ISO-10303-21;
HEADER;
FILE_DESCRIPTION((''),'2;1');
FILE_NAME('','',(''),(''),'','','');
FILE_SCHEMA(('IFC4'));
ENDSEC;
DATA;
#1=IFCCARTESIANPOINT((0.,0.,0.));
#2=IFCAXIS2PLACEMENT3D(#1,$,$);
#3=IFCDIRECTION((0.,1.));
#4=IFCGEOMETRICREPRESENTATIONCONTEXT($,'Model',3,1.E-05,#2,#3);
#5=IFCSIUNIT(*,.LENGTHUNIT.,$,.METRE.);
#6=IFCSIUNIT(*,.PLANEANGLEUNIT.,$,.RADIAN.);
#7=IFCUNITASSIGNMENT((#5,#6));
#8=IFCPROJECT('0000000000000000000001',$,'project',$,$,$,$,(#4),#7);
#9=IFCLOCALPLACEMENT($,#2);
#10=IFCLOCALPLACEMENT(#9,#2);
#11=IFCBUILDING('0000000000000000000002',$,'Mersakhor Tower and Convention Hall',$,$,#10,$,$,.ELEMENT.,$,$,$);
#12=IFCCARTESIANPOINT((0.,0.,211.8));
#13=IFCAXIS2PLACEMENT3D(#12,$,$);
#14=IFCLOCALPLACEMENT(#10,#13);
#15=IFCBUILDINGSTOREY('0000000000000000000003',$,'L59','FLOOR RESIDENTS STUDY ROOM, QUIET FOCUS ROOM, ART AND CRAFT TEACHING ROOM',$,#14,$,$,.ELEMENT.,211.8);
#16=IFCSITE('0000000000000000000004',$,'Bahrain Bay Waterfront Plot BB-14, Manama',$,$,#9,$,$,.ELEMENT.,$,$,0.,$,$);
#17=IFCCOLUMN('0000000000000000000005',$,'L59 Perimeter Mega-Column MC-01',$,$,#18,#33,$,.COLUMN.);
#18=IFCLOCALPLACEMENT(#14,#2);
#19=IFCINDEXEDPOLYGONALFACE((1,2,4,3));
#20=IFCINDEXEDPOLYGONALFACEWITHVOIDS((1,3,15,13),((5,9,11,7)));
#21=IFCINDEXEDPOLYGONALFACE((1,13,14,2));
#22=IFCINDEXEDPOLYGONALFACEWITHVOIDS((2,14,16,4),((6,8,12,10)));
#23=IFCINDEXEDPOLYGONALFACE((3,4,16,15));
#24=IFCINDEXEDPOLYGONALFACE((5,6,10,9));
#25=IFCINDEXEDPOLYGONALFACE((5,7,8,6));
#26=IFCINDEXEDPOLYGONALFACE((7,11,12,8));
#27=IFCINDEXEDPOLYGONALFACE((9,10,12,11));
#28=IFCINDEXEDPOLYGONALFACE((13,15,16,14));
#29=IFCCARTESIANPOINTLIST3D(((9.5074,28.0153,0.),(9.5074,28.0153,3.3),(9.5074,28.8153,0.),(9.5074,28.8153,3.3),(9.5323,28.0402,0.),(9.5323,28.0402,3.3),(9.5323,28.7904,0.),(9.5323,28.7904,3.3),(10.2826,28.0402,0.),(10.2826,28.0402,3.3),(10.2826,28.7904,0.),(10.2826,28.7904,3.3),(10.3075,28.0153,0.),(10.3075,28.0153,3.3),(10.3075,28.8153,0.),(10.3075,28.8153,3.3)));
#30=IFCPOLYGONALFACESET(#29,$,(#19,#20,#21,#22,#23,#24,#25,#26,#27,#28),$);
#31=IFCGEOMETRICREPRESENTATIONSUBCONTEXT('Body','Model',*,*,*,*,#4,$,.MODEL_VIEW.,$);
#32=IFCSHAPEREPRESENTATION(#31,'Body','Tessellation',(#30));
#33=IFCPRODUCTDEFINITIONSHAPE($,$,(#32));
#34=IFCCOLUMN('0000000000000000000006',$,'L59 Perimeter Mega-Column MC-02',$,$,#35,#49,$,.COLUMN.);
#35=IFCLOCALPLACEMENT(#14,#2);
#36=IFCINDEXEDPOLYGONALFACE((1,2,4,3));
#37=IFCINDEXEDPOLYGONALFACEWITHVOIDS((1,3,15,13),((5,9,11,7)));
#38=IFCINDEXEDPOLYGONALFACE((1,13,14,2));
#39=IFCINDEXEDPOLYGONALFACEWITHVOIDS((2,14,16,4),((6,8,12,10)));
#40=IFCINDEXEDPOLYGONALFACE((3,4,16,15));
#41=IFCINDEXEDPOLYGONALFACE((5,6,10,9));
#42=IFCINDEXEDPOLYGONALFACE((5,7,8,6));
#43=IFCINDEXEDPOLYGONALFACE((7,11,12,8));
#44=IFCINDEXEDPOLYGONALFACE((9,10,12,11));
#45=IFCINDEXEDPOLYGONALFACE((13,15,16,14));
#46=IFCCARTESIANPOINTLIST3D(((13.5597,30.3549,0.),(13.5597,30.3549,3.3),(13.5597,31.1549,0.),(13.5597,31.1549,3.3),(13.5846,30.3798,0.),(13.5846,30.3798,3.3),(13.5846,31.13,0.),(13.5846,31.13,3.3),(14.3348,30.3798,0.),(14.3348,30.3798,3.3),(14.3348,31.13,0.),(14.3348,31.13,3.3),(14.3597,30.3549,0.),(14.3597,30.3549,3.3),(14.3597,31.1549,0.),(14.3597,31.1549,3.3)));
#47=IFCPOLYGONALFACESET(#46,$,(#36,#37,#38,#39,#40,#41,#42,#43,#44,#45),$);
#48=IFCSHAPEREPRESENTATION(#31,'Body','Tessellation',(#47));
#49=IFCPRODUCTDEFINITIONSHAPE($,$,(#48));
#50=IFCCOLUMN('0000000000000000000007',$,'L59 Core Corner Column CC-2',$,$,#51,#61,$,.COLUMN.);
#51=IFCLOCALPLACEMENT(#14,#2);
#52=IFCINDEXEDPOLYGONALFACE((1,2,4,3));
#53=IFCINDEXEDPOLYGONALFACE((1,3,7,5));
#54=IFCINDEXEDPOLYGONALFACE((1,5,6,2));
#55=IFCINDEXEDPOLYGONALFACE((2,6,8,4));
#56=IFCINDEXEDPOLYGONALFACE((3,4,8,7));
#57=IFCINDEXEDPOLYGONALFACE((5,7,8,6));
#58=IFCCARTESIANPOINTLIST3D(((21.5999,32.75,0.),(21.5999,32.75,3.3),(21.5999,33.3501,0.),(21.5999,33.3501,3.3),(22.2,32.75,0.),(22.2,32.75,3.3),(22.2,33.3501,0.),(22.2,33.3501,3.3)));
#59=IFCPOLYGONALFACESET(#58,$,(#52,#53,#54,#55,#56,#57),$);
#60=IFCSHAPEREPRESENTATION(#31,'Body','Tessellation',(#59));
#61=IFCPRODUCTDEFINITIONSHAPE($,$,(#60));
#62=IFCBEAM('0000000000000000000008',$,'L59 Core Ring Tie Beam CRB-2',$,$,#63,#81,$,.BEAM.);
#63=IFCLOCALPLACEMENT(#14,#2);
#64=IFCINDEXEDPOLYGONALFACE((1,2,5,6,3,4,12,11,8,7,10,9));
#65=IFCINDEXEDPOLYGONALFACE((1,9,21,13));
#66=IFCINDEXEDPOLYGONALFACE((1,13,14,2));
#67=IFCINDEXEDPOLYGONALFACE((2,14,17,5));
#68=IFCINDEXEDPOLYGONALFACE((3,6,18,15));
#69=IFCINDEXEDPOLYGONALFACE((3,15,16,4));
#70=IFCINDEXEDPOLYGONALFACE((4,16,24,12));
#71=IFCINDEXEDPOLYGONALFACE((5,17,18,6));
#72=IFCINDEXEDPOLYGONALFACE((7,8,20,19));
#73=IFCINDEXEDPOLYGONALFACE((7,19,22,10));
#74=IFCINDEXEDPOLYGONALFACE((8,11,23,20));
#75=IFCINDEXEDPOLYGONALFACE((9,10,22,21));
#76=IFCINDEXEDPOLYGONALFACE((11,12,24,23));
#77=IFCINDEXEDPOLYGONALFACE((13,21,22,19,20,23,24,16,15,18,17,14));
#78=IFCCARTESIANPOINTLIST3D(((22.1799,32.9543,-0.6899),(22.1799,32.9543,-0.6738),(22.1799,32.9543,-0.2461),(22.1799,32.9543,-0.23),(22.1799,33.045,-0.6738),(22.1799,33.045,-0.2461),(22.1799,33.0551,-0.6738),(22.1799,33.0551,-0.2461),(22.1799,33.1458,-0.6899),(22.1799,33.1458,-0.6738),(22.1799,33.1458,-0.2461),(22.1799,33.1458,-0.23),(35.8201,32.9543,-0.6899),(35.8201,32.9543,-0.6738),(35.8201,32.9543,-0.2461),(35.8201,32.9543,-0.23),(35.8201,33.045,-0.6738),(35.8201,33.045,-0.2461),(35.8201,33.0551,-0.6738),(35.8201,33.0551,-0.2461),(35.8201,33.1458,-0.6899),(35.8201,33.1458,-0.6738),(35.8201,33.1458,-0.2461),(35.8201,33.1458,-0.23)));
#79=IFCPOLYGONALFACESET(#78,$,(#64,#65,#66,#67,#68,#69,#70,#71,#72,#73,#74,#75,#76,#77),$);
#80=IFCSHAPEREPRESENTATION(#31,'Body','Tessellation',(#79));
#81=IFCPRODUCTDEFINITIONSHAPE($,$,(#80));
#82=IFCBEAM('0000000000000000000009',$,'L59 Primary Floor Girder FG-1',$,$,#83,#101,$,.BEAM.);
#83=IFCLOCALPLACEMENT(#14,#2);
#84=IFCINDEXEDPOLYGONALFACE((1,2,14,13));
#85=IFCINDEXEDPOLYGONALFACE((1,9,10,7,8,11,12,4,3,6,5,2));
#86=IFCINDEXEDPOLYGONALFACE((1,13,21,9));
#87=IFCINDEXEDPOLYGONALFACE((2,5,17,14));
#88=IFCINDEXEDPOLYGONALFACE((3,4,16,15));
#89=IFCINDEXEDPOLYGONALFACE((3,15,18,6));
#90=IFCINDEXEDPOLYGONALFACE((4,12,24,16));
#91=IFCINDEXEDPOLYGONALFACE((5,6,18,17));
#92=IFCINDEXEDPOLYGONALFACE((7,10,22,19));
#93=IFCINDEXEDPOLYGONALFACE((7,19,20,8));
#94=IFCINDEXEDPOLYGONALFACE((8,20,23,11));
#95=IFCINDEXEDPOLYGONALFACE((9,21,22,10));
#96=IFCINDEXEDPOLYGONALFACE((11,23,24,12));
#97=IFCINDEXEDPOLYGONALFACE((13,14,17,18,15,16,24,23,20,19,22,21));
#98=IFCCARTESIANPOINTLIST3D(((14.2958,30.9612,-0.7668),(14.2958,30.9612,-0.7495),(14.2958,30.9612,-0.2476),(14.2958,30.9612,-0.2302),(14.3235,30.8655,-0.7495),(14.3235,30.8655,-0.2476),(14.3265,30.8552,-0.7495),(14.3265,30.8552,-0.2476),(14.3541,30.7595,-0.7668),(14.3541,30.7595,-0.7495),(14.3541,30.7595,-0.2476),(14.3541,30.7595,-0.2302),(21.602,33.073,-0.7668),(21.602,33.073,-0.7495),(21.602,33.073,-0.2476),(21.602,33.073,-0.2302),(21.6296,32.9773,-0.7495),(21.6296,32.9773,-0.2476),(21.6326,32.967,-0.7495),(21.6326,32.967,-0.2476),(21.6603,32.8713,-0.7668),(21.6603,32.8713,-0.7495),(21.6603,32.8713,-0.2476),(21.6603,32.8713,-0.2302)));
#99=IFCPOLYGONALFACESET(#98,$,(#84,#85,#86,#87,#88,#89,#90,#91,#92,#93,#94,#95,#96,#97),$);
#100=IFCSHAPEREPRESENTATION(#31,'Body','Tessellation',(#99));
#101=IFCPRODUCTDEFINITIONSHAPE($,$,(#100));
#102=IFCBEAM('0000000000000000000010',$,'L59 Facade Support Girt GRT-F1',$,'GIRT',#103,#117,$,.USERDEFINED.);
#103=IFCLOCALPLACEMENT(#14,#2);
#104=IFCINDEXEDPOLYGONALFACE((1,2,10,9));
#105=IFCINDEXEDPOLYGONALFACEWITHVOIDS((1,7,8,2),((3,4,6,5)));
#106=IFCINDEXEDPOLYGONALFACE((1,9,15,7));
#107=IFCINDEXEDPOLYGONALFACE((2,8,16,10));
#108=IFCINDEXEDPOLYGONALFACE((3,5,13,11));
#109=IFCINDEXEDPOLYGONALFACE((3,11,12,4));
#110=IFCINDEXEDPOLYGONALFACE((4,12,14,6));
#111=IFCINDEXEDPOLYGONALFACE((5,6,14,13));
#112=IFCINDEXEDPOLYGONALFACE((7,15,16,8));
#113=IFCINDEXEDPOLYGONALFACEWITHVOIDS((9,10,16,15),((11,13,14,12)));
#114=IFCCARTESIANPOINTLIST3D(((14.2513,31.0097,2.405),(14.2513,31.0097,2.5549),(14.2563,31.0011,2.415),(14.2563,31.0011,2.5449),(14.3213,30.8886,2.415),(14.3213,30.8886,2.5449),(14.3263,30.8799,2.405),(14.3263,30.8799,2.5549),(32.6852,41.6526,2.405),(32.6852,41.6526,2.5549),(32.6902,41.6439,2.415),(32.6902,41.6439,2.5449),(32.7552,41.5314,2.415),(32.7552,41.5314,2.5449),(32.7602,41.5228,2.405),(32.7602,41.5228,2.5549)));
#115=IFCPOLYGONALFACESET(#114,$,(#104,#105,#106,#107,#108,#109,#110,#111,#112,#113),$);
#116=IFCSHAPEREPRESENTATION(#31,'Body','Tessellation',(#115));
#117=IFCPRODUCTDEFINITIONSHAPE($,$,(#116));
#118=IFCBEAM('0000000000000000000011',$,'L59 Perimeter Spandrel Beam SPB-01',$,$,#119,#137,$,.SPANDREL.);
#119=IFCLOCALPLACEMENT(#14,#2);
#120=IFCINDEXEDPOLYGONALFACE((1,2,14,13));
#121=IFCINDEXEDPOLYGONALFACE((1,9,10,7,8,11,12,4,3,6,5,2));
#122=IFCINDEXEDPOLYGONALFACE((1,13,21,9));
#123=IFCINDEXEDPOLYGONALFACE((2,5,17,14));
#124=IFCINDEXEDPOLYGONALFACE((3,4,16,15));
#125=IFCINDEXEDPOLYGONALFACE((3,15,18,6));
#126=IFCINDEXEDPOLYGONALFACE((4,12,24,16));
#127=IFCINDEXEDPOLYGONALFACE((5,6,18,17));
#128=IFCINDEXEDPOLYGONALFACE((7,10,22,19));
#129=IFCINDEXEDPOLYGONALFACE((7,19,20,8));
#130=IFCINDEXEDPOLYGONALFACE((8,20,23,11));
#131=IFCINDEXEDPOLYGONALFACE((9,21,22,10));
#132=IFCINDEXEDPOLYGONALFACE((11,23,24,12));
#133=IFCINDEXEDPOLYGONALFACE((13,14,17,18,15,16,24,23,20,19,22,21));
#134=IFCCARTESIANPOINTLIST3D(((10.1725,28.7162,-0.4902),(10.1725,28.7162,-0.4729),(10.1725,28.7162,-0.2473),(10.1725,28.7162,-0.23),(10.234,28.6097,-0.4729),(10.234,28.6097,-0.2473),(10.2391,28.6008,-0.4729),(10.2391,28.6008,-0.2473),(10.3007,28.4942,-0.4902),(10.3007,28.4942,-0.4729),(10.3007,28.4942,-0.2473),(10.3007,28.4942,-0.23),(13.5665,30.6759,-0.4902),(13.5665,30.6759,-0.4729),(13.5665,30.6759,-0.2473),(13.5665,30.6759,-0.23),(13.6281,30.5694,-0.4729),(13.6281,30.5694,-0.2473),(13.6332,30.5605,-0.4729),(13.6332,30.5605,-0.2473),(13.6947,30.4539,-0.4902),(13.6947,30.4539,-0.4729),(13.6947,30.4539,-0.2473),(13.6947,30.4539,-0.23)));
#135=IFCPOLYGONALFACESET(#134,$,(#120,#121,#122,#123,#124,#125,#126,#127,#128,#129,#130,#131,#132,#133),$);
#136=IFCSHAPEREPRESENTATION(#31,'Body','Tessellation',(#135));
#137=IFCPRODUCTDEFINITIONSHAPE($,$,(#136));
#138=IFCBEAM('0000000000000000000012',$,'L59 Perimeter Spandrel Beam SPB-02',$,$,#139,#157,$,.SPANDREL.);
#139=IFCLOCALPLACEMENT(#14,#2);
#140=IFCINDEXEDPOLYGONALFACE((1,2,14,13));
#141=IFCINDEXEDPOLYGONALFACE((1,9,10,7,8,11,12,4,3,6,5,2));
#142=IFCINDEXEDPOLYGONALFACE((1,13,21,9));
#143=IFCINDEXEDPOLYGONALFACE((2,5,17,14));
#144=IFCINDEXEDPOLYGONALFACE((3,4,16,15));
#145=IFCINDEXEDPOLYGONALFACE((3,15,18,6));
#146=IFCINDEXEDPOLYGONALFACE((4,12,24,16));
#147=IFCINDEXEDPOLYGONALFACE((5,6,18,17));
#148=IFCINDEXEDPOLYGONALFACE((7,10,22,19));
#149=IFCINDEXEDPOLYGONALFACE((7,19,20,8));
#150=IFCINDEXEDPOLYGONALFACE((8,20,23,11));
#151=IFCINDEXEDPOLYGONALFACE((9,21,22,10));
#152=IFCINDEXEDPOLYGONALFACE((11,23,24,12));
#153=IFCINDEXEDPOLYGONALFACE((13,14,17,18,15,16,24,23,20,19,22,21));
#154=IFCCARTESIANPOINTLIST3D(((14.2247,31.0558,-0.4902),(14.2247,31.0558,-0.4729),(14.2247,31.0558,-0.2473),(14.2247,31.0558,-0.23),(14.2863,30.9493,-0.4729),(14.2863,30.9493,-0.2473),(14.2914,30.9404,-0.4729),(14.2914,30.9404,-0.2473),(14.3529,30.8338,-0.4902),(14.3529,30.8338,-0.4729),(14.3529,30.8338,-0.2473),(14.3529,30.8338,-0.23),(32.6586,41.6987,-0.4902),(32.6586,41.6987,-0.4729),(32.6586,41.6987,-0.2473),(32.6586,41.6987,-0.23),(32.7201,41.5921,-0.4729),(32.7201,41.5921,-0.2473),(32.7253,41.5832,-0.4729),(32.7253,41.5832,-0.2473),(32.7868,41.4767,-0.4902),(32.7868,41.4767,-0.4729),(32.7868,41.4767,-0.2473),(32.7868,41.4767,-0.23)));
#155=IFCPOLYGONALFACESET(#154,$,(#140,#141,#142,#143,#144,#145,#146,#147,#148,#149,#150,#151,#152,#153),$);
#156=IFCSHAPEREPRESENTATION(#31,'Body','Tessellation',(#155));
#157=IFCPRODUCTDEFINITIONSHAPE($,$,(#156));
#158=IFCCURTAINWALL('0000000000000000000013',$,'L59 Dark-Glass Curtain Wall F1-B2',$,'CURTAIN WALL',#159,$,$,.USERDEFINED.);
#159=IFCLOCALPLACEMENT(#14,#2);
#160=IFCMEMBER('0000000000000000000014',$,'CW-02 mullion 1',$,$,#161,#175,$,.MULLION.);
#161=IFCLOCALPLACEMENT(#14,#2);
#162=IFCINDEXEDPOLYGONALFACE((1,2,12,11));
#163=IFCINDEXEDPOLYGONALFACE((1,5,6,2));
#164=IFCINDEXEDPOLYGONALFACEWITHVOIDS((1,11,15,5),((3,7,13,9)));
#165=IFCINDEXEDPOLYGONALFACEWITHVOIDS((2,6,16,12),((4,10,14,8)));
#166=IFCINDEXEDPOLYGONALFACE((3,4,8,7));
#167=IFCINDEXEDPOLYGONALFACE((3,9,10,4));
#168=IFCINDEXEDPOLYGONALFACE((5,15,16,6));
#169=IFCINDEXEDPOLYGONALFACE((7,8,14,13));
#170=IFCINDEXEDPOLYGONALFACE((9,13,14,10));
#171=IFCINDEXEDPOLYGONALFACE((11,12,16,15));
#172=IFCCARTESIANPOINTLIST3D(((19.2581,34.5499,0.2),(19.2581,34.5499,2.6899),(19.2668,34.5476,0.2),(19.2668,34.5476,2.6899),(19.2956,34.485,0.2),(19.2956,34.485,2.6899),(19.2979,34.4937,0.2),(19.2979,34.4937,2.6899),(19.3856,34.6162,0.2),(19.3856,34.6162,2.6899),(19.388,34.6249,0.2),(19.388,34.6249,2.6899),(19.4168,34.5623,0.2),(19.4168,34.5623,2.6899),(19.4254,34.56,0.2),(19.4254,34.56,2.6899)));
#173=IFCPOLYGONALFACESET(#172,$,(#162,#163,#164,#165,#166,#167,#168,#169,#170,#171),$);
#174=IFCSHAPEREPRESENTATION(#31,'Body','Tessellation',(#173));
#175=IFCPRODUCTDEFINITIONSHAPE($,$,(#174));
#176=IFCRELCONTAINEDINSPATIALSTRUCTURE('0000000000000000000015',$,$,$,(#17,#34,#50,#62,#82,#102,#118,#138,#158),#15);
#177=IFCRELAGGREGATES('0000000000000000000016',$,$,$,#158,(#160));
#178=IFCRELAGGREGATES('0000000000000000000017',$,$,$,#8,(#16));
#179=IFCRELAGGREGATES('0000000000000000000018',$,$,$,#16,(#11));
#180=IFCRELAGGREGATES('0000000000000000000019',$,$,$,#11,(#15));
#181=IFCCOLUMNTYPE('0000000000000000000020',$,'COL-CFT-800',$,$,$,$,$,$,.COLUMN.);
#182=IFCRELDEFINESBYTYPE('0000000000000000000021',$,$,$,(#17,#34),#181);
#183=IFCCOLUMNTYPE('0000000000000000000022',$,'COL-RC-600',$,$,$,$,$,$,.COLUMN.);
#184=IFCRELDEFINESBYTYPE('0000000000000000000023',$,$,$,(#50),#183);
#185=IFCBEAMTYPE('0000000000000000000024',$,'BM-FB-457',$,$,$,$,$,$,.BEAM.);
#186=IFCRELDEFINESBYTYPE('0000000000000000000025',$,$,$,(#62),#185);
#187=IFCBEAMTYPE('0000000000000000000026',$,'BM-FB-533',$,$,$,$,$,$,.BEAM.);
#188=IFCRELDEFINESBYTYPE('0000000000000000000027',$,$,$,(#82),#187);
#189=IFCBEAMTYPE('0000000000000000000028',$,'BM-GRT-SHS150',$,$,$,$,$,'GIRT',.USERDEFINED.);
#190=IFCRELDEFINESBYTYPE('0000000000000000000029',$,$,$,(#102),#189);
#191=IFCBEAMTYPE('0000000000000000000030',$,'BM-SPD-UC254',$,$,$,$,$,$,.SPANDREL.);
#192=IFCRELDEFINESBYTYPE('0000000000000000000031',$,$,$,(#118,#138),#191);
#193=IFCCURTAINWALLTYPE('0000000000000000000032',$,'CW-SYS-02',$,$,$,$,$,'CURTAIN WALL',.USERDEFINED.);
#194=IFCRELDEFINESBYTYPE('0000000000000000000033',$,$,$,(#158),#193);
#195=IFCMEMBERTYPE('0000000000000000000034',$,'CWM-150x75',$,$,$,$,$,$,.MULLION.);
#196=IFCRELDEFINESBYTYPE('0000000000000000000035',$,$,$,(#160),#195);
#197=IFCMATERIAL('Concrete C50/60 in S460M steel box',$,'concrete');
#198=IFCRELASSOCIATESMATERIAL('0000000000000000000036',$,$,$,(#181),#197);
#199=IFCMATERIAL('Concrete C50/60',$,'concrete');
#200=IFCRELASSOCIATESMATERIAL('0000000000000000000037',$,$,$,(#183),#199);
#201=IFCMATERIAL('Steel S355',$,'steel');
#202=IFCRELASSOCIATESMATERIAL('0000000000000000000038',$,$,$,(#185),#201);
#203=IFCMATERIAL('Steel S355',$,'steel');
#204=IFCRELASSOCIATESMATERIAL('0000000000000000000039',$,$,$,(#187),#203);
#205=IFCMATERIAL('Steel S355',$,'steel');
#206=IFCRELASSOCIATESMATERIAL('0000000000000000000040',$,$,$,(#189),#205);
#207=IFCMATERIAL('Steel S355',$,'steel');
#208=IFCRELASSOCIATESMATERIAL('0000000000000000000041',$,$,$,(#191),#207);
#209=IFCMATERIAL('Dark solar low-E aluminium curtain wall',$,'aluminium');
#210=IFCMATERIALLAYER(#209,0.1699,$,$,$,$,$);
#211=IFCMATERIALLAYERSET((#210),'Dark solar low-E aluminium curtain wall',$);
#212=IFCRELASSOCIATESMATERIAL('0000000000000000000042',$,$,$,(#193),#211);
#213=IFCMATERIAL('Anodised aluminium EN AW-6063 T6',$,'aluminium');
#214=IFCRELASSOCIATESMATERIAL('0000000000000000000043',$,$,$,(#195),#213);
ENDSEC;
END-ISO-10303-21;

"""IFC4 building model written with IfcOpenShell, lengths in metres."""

from ifc_helpers import new_model, si_unit, direction, frame, origin, origin_2d, place, context, subcontext, project, spatial, rectangle, hollow_rectangle, i_section, extrude, material, layer, layer_set, material_profile, profile_set, type_object, element, aggregate, save


model = new_model("IFC4")

# Units and contexts
model_context = context("Model", 3, precision=1e-05, world=origin(), true_north=direction((0.0, 1.0)))
body_context = subcontext(model_context, "Body", "Model", "MODEL_VIEW")
ifc_project = project(units=[si_unit("LENGTHUNIT", "METRE"), si_unit("PLANEANGLEUNIT", "RADIAN")], contexts=[model_context])

# Site, building, storey
site_placement = place(None, origin())
site = spatial("IfcSite", under=ifc_project, at=site_placement, Name="Bahrain Bay Waterfront Plot BB-14, Manama", CompositionType="ELEMENT", RefElevation=0.0)
building_placement = place(site_placement, origin())
building = spatial("IfcBuilding", under=site, at=building_placement, Name="Mersakhor Tower and Convention Hall", CompositionType="ELEMENT")
storey_placement = place(building_placement, frame((0.0, 0.0, 211.8)))
storey = spatial("IfcBuildingStorey", under=building, at=storey_placement, Name="L59", Description="FLOOR RESIDENTS STUDY ROOM, QUIET FOCUS ROOM, ART AND CRAFT TEACHING ROOM", CompositionType="ELEMENT", Elevation=211.8)

# Columns
ifc_material_1 = material(Name="Concrete C50/60 in S460M steel box", Category="concrete")
ifc_material_profile_1 = material_profile(ifc_material_1, hollow_rectangle(XDim=0.8, YDim=0.8, WallThickness=0.0249, at=origin_2d()), Name="SHS 800x800x25")
ifc_profile_set_1 = profile_set([ifc_material_profile_1], Name="Concrete C50/60 in S460M steel box")
column_type_1 = type_object("IfcColumnType", Name="COL-CFT-800", PredefinedType="COLUMN", material=ifc_profile_set_1)
for number, where, z_axis, x_axis, name in (
    (1, (9.9075, 28.4153, 0.0), (0.0, 0.0, 1.0), (1.0, 0.0, 0.0), "L59 Perimeter Mega-Column MC-01"),
    (2, (13.9597, 30.7549, 0.0), (0.0, 0.0, 1.0), (1.0, 0.0, 0.0), "L59 Perimeter Mega-Column MC-02"),
):
    element("IfcColumn", number, at=place(storey_placement, frame(where, z_axis=z_axis, x_axis=x_axis)), inside=storey, type_object=column_type_1, Name=name, PredefinedType="COLUMN", context=body_context, shape_type="SweptSolid", body=[
        extrude(hollow_rectangle(XDim=0.8, YDim=0.8, WallThickness=0.0249, at=origin_2d()), origin(), (0.0, 0.0, 1.0), 3.3),
    ])
ifc_material_2 = material(Name="Concrete C50/60", Category="concrete")
ifc_material_profile_2 = material_profile(ifc_material_2, rectangle(XDim=0.6001, YDim=0.6001, at=origin_2d()), Name="RC 600x600")
ifc_profile_set_2 = profile_set([ifc_material_profile_2], Name="Concrete C50/60")
column_type_2 = type_object("IfcColumnType", Name="COL-RC-600", PredefinedType="COLUMN", material=ifc_profile_set_2)
column_placement = place(storey_placement, frame((21.8999, 33.05, 0.0), z_axis=(0.0, 0.0, 1.0), x_axis=(1.0, 0.0, 0.0)))
element("IfcColumn", 3, at=column_placement, inside=storey, type_object=column_type_2, Name="L59 Core Corner Column CC-2", PredefinedType="COLUMN", context=body_context, shape_type="SweptSolid", body=[
    extrude(rectangle(XDim=0.6001, YDim=0.6001, at=origin_2d()), origin(), (0.0, 0.0, 1.0), 3.3),
])

# Beams
ifc_material_3 = material(Name="Steel S355", Category="steel")
ifc_material_profile_3 = material_profile(ifc_material_3, i_section(OverallWidth=0.1914, OverallDepth=0.46, WebThickness=0.01, FlangeThickness=0.0161, at=origin_2d()), Name="UB 457x191x82")
ifc_profile_set_3 = profile_set([ifc_material_profile_3], Name="Steel S355")
beam_type_1 = type_object("IfcBeamType", Name="BM-FB-457", PredefinedType="BEAM", material=ifc_profile_set_3)
beam_1_placement = place(storey_placement, frame((22.1799, 33.05, -0.46), z_axis=(1.0, 0.0, 0.0), x_axis=(0.0, 1.0, 0.0)))
element("IfcBeam", 4, at=beam_1_placement, inside=storey, type_object=beam_type_1, Name="L59 Core Ring Tie Beam CRB-2", PredefinedType="BEAM", context=body_context, shape_type="SweptSolid", body=[
    extrude(i_section(OverallWidth=0.1914, OverallDepth=0.46, WebThickness=0.01, FlangeThickness=0.0161, at=origin_2d()), origin(), (0.0, 0.0, 1.0), 13.6401),
])
ifc_material_4 = material(Name="Steel S355", Category="steel")
ifc_material_profile_4 = material_profile(ifc_material_4, i_section(OverallWidth=0.21, OverallDepth=0.5366, WebThickness=0.0107, FlangeThickness=0.0173, at=origin_2d()), Name="UB 533x210x101")
ifc_profile_set_4 = profile_set([ifc_material_profile_4], Name="Steel S355")
beam_type_2 = type_object("IfcBeamType", Name="BM-FB-533", PredefinedType="BEAM", material=ifc_profile_set_4)
beam_2_placement = place(storey_placement, frame((21.6311, 32.9722, -0.4985), z_axis=(-0.960674, -0.277679, 0.0), x_axis=(0.277679, -0.960674, 0.0)))
element("IfcBeam", 5, at=beam_2_placement, inside=storey, type_object=beam_type_2, Name="L59 Primary Floor Girder FG-1", PredefinedType="BEAM", context=body_context, shape_type="SweptSolid", body=[
    extrude(i_section(OverallWidth=0.21, OverallDepth=0.5366, WebThickness=0.0107, FlangeThickness=0.0173, at=origin_2d()), origin(), (0.0, 0.0, 1.0), 7.6052),
])
ifc_material_5 = material(Name="Steel S355", Category="steel")
ifc_material_profile_5 = material_profile(ifc_material_5, hollow_rectangle(XDim=0.1499, YDim=0.1499, WallThickness=0.01, at=origin_2d()), Name="SHS 150x150x10")
ifc_profile_set_5 = profile_set([ifc_material_profile_5], Name="Steel S355")
beam_type_3 = type_object("IfcBeamType", Name="BM-GRT-SHS150", ElementType="GIRT", PredefinedType="USERDEFINED", material=ifc_profile_set_5)
beam_3_placement = place(storey_placement, frame((14.2888, 30.9448, 2.48), z_axis=(0.866025, 0.500001, 0.0), x_axis=(-0.500001, 0.866025, 0.0)))
element("IfcBeam", 6, at=beam_3_placement, inside=storey, type_object=beam_type_3, Name="L59 Facade Support Girt GRT-F1", ObjectType="GIRT", PredefinedType="USERDEFINED", context=body_context, shape_type="SweptSolid", body=[
    extrude(hollow_rectangle(XDim=0.1499, YDim=0.1499, WallThickness=0.01, at=origin_2d()), origin(), (0.0, 0.0, 1.0), 21.2856),
])
ifc_material_6 = material(Name="Steel S355", Category="steel")
ifc_material_profile_6 = material_profile(ifc_material_6, i_section(OverallWidth=0.2563, OverallDepth=0.2603, WebThickness=0.0103, FlangeThickness=0.0173, at=origin_2d()), Name="UC 254x254x89")
ifc_profile_set_6 = profile_set([ifc_material_profile_6], Name="Steel S355")
beam_type_4 = type_object("IfcBeamType", Name="BM-SPD-UC254", PredefinedType="SPANDREL", material=ifc_profile_set_6)
beam_4_placement = place(storey_placement, frame((10.2366, 28.6052, -0.3601), z_axis=(0.866007, 0.500032, 0.0), x_axis=(-0.500032, 0.866007, 0.0)))
element("IfcBeam", 7, at=beam_4_placement, inside=storey, type_object=beam_type_4, Name="L59 Perimeter Spandrel Beam SPB-01", PredefinedType="SPANDREL", context=body_context, shape_type="SweptSolid", body=[
    extrude(i_section(OverallWidth=0.2563, OverallDepth=0.2603, WebThickness=0.0103, FlangeThickness=0.0173, at=origin_2d()), origin(), (0.0, 0.0, 1.0), 3.9192),
])
beam_5_placement = place(storey_placement, frame((14.2888, 30.9448, -0.3601), z_axis=(0.866025, 0.500001, 0.0), x_axis=(-0.500001, 0.866025, 0.0)))
element("IfcBeam", 8, at=beam_5_placement, inside=storey, type_object=beam_type_4, Name="L59 Perimeter Spandrel Beam SPB-02", PredefinedType="SPANDREL", context=body_context, shape_type="SweptSolid", body=[
    extrude(i_section(OverallWidth=0.2563, OverallDepth=0.2603, WebThickness=0.0103, FlangeThickness=0.0173, at=origin_2d()), origin(), (0.0, 0.0, 1.0), 21.2856),
])

# Curtain wall, member
ifc_material_7 = material(Name="Dark solar low-E aluminium curtain wall", Category="aluminium")
ifc_layer_1 = layer(ifc_material_7, 0.1699)
ifc_layer_set_1 = layer_set([ifc_layer_1], Name="Dark solar low-E aluminium curtain wall")
curtain_wall_type = type_object("IfcCurtainWallType", Name="CW-SYS-02", ElementType="CURTAIN WALL", PredefinedType="USERDEFINED", material=ifc_layer_set_1)
curtain_wall_placement = place(storey_placement, origin())
curtain_wall = element("IfcCurtainWall", 9, at=curtain_wall_placement, inside=storey, type_object=curtain_wall_type, Name="L59 Dark-Glass Curtain Wall F1-B2", ObjectType="CURTAIN WALL", PredefinedType="USERDEFINED")
ifc_material_8 = material(Name="Anodised aluminium EN AW-6063 T6", Category="aluminium")
ifc_material_profile_7 = material_profile(ifc_material_8, hollow_rectangle(XDim=0.075, YDim=0.1499, WallThickness=0.0063, at=origin_2d()), Name="RHS 150x75x6.3")
ifc_profile_set_7 = profile_set([ifc_material_profile_7], Name="Anodised aluminium EN AW-6063 T6")
member_type_1 = type_object("IfcMemberType", Name="CWM-150x75", PredefinedType="MULLION", material=ifc_profile_set_7)
member_1_placement = place(storey_placement, frame((19.3418, 34.5549, 0.2), z_axis=(0.0, 0.0, 1.0), x_axis=(-0.500008, 0.866021, 0.0)))
member_1 = element("IfcMember", 10, at=member_1_placement, type_object=member_type_1, Name="CW-02 mullion 1", PredefinedType="MULLION", context=body_context, shape_type="SweptSolid", body=[
    extrude(hollow_rectangle(XDim=0.075, YDim=0.1499, WallThickness=0.0063, at=origin_2d()), origin(), (0.0, 0.0, 1.0), 2.49),
])

aggregate(curtain_wall, [member_1])

save(model, "model.ifc")
